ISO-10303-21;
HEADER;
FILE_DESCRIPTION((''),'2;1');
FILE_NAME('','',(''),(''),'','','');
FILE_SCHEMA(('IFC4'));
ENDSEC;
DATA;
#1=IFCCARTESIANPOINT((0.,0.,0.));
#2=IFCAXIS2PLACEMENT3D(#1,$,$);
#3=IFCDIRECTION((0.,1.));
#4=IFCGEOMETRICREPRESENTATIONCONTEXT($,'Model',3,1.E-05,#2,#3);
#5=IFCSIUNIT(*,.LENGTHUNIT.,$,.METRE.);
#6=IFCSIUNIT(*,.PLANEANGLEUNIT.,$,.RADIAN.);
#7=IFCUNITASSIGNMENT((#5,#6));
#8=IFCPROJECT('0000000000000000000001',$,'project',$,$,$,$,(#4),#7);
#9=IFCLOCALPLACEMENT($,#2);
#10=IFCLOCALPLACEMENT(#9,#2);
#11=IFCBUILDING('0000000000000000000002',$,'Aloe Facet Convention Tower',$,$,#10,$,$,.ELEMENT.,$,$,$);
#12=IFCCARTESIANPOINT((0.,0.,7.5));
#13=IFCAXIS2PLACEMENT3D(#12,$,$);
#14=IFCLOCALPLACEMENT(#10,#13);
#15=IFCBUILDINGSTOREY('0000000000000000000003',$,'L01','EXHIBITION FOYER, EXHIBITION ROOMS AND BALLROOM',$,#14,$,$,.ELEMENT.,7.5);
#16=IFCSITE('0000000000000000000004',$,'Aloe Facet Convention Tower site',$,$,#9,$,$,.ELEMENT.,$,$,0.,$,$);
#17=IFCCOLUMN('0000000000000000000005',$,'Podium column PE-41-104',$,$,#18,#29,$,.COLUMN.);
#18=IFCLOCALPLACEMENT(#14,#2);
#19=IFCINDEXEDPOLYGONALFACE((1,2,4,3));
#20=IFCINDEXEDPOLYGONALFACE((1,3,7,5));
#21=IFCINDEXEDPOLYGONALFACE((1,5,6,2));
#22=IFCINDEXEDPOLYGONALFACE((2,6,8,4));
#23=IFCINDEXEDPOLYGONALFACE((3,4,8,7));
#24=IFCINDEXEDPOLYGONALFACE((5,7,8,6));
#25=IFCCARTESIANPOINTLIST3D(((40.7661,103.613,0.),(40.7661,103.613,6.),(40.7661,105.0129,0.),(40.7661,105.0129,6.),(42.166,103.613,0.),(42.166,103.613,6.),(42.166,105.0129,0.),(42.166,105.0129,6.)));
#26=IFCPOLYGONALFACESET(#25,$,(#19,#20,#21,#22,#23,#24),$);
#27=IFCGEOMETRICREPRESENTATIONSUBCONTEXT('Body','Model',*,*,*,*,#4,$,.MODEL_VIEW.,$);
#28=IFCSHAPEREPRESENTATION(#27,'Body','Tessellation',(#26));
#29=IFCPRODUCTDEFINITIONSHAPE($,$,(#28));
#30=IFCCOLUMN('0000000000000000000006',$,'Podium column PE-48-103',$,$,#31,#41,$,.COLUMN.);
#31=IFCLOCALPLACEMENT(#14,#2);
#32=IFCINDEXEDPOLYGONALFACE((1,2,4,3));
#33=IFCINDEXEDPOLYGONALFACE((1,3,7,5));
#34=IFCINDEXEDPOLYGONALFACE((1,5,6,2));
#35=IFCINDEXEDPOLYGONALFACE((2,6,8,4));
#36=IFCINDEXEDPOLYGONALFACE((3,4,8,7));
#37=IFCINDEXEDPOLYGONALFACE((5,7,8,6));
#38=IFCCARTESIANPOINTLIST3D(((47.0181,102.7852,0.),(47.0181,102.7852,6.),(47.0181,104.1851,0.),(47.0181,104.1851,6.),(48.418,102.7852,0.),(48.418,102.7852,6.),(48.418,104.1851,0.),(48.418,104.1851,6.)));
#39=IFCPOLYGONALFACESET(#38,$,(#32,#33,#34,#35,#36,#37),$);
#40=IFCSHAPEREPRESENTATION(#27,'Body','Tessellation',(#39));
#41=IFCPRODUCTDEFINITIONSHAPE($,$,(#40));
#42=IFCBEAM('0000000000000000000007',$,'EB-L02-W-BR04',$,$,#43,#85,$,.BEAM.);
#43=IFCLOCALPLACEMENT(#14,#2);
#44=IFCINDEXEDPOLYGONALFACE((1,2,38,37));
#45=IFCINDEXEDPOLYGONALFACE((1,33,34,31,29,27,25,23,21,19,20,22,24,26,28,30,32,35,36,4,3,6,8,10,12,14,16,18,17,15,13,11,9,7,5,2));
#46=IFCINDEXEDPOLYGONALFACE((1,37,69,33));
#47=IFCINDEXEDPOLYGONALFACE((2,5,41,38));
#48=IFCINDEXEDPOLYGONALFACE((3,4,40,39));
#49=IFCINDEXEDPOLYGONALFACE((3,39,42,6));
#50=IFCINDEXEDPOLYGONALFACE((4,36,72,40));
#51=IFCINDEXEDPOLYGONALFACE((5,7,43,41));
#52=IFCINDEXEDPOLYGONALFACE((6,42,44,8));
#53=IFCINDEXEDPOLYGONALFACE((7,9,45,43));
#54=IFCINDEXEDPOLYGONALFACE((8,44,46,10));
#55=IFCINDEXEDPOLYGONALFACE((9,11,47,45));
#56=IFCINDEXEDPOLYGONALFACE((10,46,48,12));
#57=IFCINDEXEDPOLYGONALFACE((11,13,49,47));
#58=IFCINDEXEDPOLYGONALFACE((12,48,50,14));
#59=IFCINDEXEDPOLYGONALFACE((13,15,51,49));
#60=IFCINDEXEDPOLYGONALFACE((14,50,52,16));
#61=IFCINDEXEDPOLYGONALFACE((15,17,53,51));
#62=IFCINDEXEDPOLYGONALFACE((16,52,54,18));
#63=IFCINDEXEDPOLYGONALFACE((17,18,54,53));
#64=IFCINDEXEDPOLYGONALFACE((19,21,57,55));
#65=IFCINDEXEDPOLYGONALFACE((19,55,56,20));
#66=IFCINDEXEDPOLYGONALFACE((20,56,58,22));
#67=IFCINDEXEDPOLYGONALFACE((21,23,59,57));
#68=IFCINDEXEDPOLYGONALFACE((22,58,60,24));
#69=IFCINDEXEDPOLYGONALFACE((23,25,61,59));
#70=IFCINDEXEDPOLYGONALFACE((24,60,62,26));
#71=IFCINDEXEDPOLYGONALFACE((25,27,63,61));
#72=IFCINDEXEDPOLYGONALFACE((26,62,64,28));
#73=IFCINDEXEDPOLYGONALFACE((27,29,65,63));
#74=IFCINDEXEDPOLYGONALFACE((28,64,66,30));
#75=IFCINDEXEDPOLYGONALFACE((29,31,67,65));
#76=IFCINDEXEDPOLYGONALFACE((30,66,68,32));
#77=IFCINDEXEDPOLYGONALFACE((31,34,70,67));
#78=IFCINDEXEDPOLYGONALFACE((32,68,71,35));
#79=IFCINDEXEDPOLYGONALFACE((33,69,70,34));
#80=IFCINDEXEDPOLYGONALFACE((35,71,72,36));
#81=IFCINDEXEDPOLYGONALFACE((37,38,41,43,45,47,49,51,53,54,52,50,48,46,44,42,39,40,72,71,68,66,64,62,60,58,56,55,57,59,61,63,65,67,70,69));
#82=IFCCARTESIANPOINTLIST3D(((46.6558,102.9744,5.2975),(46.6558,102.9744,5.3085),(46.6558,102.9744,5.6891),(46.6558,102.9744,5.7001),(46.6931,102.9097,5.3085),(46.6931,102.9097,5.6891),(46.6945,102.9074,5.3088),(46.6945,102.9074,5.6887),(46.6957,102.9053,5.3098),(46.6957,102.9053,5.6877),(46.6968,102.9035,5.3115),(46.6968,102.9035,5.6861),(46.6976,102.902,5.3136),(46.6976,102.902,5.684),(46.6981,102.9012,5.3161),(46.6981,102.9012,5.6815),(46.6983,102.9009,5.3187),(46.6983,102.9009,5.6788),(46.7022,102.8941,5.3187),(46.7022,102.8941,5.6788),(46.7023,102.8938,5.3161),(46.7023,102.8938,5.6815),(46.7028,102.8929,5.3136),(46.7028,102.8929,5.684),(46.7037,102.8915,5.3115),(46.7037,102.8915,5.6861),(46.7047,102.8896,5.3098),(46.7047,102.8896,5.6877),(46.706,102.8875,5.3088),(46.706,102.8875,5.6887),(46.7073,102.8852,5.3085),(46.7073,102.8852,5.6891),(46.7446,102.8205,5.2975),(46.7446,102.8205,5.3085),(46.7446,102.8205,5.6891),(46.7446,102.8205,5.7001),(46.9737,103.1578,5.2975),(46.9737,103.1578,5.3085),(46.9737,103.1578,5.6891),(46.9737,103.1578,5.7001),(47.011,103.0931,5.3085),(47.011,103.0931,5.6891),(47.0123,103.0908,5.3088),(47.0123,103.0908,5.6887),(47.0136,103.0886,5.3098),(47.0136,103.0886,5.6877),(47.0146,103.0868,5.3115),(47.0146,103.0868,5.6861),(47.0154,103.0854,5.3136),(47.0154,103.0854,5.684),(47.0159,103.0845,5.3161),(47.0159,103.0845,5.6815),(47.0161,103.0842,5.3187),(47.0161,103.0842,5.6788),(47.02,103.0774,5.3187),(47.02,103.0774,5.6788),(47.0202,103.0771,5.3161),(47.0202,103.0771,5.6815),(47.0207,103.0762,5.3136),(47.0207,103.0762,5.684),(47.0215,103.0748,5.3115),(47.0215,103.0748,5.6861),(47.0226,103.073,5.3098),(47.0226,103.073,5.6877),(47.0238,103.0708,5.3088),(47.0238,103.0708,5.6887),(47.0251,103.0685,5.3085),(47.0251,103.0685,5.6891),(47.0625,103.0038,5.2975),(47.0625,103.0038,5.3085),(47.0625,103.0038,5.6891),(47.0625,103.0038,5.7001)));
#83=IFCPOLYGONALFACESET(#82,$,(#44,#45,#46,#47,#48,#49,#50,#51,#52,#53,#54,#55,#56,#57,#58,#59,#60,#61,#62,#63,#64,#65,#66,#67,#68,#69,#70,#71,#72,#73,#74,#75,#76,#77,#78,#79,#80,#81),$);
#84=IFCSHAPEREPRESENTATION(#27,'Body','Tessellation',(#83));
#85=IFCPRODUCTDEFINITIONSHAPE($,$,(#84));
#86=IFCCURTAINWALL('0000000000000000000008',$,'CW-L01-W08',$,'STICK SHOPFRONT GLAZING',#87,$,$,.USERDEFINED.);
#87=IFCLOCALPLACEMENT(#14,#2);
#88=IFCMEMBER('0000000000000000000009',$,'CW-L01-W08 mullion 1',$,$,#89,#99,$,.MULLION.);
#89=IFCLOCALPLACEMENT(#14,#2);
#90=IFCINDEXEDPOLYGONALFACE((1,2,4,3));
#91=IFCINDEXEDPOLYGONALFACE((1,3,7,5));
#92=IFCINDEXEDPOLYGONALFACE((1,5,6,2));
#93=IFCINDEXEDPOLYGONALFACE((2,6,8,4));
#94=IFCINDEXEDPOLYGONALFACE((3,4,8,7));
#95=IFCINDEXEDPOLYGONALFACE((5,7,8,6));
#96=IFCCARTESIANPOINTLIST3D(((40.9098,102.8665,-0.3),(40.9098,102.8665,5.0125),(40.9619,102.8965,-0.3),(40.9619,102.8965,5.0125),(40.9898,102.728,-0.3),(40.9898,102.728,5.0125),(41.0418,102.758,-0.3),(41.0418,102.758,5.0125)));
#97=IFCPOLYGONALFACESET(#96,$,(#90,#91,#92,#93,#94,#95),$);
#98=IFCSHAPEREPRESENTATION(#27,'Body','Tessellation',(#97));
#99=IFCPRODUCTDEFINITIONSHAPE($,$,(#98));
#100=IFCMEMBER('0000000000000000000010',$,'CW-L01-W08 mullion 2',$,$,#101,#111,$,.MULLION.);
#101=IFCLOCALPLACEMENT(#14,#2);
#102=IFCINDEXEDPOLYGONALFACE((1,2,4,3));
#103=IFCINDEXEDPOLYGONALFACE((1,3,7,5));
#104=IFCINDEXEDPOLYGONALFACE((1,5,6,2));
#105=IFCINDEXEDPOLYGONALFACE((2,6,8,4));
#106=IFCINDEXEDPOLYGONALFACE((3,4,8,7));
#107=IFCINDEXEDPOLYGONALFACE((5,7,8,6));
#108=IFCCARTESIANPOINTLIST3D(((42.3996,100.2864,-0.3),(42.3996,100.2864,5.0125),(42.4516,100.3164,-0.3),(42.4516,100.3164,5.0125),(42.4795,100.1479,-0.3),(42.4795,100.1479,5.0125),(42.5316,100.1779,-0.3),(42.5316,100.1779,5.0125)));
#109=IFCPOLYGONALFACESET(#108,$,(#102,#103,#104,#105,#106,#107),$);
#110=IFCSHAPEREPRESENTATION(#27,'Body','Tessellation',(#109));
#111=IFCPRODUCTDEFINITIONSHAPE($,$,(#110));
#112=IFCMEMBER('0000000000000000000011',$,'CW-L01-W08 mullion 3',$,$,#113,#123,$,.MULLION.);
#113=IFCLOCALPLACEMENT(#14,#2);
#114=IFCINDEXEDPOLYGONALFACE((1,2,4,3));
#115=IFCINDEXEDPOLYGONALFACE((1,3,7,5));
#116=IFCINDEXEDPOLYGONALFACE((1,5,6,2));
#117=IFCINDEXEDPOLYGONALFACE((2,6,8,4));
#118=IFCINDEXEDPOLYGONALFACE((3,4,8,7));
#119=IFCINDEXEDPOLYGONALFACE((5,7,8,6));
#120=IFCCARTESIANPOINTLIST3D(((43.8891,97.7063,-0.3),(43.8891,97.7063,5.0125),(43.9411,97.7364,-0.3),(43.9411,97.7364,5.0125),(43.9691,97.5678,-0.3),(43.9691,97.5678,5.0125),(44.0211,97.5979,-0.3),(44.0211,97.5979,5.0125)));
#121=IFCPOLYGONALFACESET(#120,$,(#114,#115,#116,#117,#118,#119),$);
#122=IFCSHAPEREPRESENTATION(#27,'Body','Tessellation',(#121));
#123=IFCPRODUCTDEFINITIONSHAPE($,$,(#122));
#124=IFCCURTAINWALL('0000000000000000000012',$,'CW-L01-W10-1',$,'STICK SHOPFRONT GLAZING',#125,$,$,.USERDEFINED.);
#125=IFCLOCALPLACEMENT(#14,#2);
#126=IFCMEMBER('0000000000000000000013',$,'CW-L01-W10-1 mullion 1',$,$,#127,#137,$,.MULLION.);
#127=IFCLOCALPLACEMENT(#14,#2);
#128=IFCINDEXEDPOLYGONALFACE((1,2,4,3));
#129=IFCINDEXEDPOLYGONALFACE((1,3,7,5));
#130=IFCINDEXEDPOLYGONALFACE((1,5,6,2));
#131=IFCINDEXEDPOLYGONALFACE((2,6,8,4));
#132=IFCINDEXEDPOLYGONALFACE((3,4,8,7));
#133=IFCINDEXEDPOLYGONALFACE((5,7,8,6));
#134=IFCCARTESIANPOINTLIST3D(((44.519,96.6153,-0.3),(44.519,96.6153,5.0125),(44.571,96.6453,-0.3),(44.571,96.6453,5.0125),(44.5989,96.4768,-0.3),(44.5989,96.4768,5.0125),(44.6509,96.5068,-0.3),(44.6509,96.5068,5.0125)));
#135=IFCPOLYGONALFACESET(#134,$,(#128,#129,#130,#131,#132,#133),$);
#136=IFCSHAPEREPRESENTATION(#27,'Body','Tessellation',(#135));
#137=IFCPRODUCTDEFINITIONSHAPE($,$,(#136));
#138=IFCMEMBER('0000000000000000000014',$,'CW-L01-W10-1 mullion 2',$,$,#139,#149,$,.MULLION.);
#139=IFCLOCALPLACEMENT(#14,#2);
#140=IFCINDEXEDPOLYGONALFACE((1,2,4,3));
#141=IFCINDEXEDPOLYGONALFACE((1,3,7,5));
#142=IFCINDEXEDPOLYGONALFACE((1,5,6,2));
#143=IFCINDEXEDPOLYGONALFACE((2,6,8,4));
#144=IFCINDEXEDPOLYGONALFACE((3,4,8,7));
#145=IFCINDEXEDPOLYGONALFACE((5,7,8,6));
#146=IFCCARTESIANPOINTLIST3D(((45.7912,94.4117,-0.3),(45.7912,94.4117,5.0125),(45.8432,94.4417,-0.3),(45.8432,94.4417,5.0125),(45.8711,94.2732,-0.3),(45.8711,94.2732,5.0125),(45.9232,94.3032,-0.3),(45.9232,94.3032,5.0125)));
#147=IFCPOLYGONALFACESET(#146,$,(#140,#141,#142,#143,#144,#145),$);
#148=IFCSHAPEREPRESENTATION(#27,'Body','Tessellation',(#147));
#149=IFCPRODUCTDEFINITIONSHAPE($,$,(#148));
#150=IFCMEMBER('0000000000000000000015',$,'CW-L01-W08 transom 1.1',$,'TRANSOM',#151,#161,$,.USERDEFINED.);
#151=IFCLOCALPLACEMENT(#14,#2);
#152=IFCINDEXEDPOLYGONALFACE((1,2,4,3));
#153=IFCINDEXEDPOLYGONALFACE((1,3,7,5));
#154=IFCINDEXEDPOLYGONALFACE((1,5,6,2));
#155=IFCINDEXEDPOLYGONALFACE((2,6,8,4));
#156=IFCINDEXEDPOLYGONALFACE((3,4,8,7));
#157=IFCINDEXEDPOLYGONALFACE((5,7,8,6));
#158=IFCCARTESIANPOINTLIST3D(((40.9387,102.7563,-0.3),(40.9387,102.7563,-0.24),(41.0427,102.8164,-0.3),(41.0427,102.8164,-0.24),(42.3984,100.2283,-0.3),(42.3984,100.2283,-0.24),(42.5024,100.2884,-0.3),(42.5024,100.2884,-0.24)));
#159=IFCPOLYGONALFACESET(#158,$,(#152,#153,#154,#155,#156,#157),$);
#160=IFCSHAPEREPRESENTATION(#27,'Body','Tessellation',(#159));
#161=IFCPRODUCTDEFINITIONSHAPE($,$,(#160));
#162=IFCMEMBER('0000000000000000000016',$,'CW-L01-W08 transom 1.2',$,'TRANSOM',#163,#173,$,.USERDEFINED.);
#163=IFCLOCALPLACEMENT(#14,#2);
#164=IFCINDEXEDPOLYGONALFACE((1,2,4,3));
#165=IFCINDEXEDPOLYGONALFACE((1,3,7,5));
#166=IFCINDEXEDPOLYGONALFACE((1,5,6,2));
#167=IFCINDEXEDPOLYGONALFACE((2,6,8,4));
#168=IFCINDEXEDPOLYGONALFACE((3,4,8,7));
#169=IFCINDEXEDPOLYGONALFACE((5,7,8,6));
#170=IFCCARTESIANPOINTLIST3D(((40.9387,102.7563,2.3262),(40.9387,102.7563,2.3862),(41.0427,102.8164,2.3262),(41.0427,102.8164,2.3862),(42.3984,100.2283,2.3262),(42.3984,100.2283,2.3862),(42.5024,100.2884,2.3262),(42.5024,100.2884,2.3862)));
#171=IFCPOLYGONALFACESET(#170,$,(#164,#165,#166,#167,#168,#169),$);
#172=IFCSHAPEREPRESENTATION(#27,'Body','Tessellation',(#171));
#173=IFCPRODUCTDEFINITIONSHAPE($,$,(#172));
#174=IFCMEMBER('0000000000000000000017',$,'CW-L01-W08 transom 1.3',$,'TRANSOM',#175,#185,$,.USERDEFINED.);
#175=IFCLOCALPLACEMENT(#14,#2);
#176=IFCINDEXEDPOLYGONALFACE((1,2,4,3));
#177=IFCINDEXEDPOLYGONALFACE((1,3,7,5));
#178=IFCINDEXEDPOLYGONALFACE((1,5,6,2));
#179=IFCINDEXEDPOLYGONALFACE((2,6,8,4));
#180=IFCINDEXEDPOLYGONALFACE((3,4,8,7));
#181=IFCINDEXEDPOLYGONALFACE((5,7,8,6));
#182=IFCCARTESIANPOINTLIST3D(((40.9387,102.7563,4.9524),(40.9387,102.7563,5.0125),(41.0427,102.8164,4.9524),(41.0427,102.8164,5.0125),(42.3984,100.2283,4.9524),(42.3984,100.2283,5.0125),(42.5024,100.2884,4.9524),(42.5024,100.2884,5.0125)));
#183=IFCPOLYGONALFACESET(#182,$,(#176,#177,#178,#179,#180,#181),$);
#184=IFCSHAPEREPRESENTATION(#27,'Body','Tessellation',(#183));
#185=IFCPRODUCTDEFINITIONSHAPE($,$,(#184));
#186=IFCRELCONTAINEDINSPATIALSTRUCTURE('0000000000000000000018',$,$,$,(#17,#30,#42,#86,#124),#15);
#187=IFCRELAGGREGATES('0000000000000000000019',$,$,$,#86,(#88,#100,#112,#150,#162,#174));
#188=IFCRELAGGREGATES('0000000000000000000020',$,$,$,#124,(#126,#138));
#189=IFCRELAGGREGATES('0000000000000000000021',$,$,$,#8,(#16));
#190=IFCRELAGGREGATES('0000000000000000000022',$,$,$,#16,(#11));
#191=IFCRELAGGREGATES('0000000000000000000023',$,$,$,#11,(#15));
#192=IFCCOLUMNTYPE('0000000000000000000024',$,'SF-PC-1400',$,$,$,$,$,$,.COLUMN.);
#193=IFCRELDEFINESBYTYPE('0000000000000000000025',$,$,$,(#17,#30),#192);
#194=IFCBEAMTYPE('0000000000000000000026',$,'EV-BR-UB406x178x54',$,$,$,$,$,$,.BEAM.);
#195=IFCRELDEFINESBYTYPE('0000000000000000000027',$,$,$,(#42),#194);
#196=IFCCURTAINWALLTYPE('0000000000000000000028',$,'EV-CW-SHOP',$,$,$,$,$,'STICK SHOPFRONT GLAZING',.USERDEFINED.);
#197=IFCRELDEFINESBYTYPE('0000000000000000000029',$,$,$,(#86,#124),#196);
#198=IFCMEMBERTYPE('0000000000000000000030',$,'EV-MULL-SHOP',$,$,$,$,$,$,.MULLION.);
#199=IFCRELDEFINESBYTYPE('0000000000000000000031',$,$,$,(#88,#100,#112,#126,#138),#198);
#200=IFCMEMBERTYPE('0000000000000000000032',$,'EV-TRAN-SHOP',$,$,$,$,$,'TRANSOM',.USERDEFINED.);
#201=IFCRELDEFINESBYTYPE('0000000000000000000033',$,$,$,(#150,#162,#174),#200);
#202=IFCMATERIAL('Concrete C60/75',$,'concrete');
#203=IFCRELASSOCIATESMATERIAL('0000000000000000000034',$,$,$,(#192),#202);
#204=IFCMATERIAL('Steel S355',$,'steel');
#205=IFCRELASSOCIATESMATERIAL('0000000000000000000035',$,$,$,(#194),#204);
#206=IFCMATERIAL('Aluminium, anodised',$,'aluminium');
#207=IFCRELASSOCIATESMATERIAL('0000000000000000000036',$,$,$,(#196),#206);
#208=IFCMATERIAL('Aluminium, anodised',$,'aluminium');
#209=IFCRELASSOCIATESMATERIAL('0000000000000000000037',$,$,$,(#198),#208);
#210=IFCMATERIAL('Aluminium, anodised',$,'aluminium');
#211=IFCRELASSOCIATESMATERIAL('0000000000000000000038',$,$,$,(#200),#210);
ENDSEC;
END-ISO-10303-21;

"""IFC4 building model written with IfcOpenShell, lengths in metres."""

from ifc_helpers import new_model, si_unit, direction, frame, origin, origin_2d, place, context, subcontext, project, spatial, rectangle, i_section, extrude, material, material_profile, profile_set, type_object, element, aggregate, save


model = new_model("IFC4")

# Units and contexts
model_context = context("Model", 3, precision=1e-05, world=origin(), true_north=direction((0.0, 1.0)))
body_context = subcontext(model_context, "Body", "Model", "MODEL_VIEW")
ifc_project = project(units=[si_unit("LENGTHUNIT", "METRE"), si_unit("PLANEANGLEUNIT", "RADIAN")], contexts=[model_context])

# Site, building, storey
site_placement = place(None, origin())
site = spatial("IfcSite", under=ifc_project, at=site_placement, Name="Aloe Facet Convention Tower site", CompositionType="ELEMENT", RefElevation=0.0)
building_placement = place(site_placement, origin())
building = spatial("IfcBuilding", under=site, at=building_placement, Name="Aloe Facet Convention Tower", CompositionType="ELEMENT")
storey_placement = place(building_placement, frame((0.0, 0.0, 7.5)))
storey = spatial("IfcBuildingStorey", under=building, at=storey_placement, Name="L01", Description="EXHIBITION FOYER, EXHIBITION ROOMS AND BALLROOM", CompositionType="ELEMENT", Elevation=7.5)

# Columns
ifc_material_1 = material(Name="Concrete C60/75", Category="concrete")
ifc_material_profile_1 = material_profile(ifc_material_1, rectangle(XDim=1.3999, YDim=1.3999, at=origin_2d()), Name="SF-PC-1400")
ifc_profile_set_1 = profile_set([ifc_material_profile_1], Name="Concrete C60/75")
column_type = type_object("IfcColumnType", Name="SF-PC-1400", PredefinedType="COLUMN", material=ifc_profile_set_1)
for number, where, z_axis, x_axis, name in (
    (1, (41.4661, 104.313, 0.0), (0.0, 0.0, 1.0), (1.0, 0.0, 0.0), "Podium column PE-41-104"),
    (2, (47.718, 103.4851, 0.0), (0.0, 0.0, 1.0), (1.0, 0.0, 0.0), "Podium column PE-48-103"),
):
    element("IfcColumn", number, at=place(storey_placement, frame(where, z_axis=z_axis, x_axis=x_axis)), inside=storey, type_object=column_type, Name=name, PredefinedType="COLUMN", context=body_context, shape_type="SweptSolid", body=[
        extrude(rectangle(XDim=1.3999, YDim=1.3999, at=origin_2d()), origin(), (0.0, 0.0, 1.0), 6.0),
    ])

# Beam
ifc_material_2 = material(Name="Steel S355", Category="steel")
ifc_material_profile_2 = material_profile(ifc_material_2, i_section(OverallWidth=0.1777, OverallDepth=0.4026, WebThickness=0.0078, FlangeThickness=0.011, FilletRadius=0.0103, at=origin_2d()), Name="UB 406x178x54")
ifc_profile_set_2 = profile_set([ifc_material_profile_2], Name="Steel S355")
beam_type_1 = type_object("IfcBeamType", Name="EV-BR-UB406x178x54", PredefinedType="BEAM", material=ifc_profile_set_2)
beam_1_placement = place(storey_placement, frame((47.0181, 103.0808, 5.4988), z_axis=(-0.86623, -0.499646, 0.0), x_axis=(0.499646, -0.86623, 0.0)))
element("IfcBeam", 3, at=beam_1_placement, inside=storey, type_object=beam_type_1, Name="EB-L02-W-BR04", PredefinedType="BEAM", context=body_context, shape_type="SweptSolid", body=[
    extrude(i_section(OverallWidth=0.1777, OverallDepth=0.4026, WebThickness=0.0078, FlangeThickness=0.011, FilletRadius=0.0103, at=origin_2d()), origin(), (0.0, 0.0, 1.0), 0.3669),
])

# Curtain walls, members
ifc_material_3 = material(Name="Aluminium, anodised", Category="aluminium")
curtain_wall_type = type_object("IfcCurtainWallType", Name="EV-CW-SHOP", ElementType="STICK SHOPFRONT GLAZING", PredefinedType="USERDEFINED", material=ifc_material_3)
curtain_wall_1_placement = place(storey_placement, origin())
curtain_wall_1 = element("IfcCurtainWall", 4, at=curtain_wall_1_placement, inside=storey, type_object=curtain_wall_type, Name="CW-L01-W08", ObjectType="STICK SHOPFRONT GLAZING", PredefinedType="USERDEFINED")
ifc_material_4 = material(Name="Aluminium, anodised", Category="aluminium")
ifc_material_profile_3 = material_profile(ifc_material_4, rectangle(XDim=0.0601, YDim=0.1599, at=origin_2d()), Name="AL 60x160")
ifc_profile_set_3 = profile_set([ifc_material_profile_3], Name="Aluminium, anodised")
member_type_1 = type_object("IfcMemberType", Name="EV-MULL-SHOP", PredefinedType="MULLION", material=ifc_profile_set_3)
member_1_placement = place(storey_placement, frame((40.9758, 102.8123, -0.3), z_axis=(0.0, 0.0, 1.0), x_axis=(0.866025, 0.5, 0.0)))
member_1 = element("IfcMember", 5, at=member_1_placement, type_object=member_type_1, Name="CW-L01-W08 mullion 1", PredefinedType="MULLION", context=body_context, shape_type="SweptSolid", body=[
    extrude(rectangle(XDim=0.0601, YDim=0.1599, at=origin_2d()), origin(), (0.0, 0.0, 1.0), 5.3125),
])
member_2_placement = place(storey_placement, frame((42.4656, 100.2322, -0.3), z_axis=(0.0, 0.0, 1.0), x_axis=(0.866025, 0.5, 0.0)))
member_2 = element("IfcMember", 6, at=member_2_placement, type_object=member_type_1, Name="CW-L01-W08 mullion 2", PredefinedType="MULLION", context=body_context, shape_type="SweptSolid", body=[
    extrude(rectangle(XDim=0.0601, YDim=0.1599, at=origin_2d()), origin(), (0.0, 0.0, 1.0), 5.3125),
])
member_3_placement = place(storey_placement, frame((43.9551, 97.6521, -0.3), z_axis=(0.0, 0.0, 1.0), x_axis=(0.866025, 0.5, 0.0)))
member_3 = element("IfcMember", 7, at=member_3_placement, type_object=member_type_1, Name="CW-L01-W08 mullion 3", PredefinedType="MULLION", context=body_context, shape_type="SweptSolid", body=[
    extrude(rectangle(XDim=0.0601, YDim=0.1599, at=origin_2d()), origin(), (0.0, 0.0, 1.0), 5.3125),
])
curtain_wall_2_placement = place(storey_placement, origin())
curtain_wall_2 = element("IfcCurtainWall", 8, at=curtain_wall_2_placement, inside=storey, type_object=curtain_wall_type, Name="CW-L01-W10-1", ObjectType="STICK SHOPFRONT GLAZING", PredefinedType="USERDEFINED")
member_4_placement = place(storey_placement, frame((44.585, 96.561, -0.3), z_axis=(0.0, 0.0, 1.0), x_axis=(0.866025, 0.5, 0.0)))
member_4 = element("IfcMember", 9, at=member_4_placement, type_object=member_type_1, Name="CW-L01-W10-1 mullion 1", PredefinedType="MULLION", context=body_context, shape_type="SweptSolid", body=[
    extrude(rectangle(XDim=0.0601, YDim=0.1599, at=origin_2d()), origin(), (0.0, 0.0, 1.0), 5.3125),
])
member_5_placement = place(storey_placement, frame((45.8572, 94.3574, -0.3), z_axis=(0.0, 0.0, 1.0), x_axis=(0.866025, 0.5, 0.0)))
member_5 = element("IfcMember", 10, at=member_5_placement, type_object=member_type_1, Name="CW-L01-W10-1 mullion 2", PredefinedType="MULLION", context=body_context, shape_type="SweptSolid", body=[
    extrude(rectangle(XDim=0.0601, YDim=0.1599, at=origin_2d()), origin(), (0.0, 0.0, 1.0), 5.3125),
])

# Members
ifc_material_5 = material(Name="Aluminium, anodised", Category="aluminium")
ifc_material_profile_4 = material_profile(ifc_material_5, rectangle(XDim=0.1201, YDim=0.0601, at=origin_2d()), Name="AL 120x60")
ifc_profile_set_4 = profile_set([ifc_material_profile_4], Name="Aluminium, anodised")
member_type_2 = type_object("IfcMemberType", Name="EV-TRAN-SHOP", ElementType="TRANSOM", PredefinedType="USERDEFINED", material=ifc_profile_set_4)
member_6_placement = place(storey_placement, frame((40.9907, 102.7864, -0.27), z_axis=(0.500034, -0.866006, 0.0), x_axis=(0.866006, 0.500034, 0.0)))
member_6 = element("IfcMember", 11, at=member_6_placement, type_object=member_type_2, Name="CW-L01-W08 transom 1.1", ObjectType="TRANSOM", PredefinedType="USERDEFINED", context=body_context, shape_type="SweptSolid", body=[
    extrude(rectangle(XDim=0.1201, YDim=0.0601, at=origin_2d()), origin(), (0.0, 0.0, 1.0), 2.9192),
])
member_7_placement = place(storey_placement, frame((40.9907, 102.7864, 2.3562), z_axis=(0.500034, -0.866006, 0.0), x_axis=(0.866006, 0.500034, 0.0)))
member_7 = element("IfcMember", 12, at=member_7_placement, type_object=member_type_2, Name="CW-L01-W08 transom 1.2", ObjectType="TRANSOM", PredefinedType="USERDEFINED", context=body_context, shape_type="SweptSolid", body=[
    extrude(rectangle(XDim=0.1201, YDim=0.0601, at=origin_2d()), origin(), (0.0, 0.0, 1.0), 2.9192),
])
member_8_placement = place(storey_placement, frame((40.9907, 102.7864, 4.9824), z_axis=(0.500034, -0.866006, 0.0), x_axis=(0.866006, 0.500034, 0.0)))
member_8 = element("IfcMember", 13, at=member_8_placement, type_object=member_type_2, Name="CW-L01-W08 transom 1.3", ObjectType="TRANSOM", PredefinedType="USERDEFINED", context=body_context, shape_type="SweptSolid", body=[
    extrude(rectangle(XDim=0.1201, YDim=0.0601, at=origin_2d()), origin(), (0.0, 0.0, 1.0), 2.9192),
])

aggregate(curtain_wall_1, [member_1, member_2, member_3, member_6, member_7, member_8])
aggregate(curtain_wall_2, [member_4, member_5])

save(model, "model.ifc")
